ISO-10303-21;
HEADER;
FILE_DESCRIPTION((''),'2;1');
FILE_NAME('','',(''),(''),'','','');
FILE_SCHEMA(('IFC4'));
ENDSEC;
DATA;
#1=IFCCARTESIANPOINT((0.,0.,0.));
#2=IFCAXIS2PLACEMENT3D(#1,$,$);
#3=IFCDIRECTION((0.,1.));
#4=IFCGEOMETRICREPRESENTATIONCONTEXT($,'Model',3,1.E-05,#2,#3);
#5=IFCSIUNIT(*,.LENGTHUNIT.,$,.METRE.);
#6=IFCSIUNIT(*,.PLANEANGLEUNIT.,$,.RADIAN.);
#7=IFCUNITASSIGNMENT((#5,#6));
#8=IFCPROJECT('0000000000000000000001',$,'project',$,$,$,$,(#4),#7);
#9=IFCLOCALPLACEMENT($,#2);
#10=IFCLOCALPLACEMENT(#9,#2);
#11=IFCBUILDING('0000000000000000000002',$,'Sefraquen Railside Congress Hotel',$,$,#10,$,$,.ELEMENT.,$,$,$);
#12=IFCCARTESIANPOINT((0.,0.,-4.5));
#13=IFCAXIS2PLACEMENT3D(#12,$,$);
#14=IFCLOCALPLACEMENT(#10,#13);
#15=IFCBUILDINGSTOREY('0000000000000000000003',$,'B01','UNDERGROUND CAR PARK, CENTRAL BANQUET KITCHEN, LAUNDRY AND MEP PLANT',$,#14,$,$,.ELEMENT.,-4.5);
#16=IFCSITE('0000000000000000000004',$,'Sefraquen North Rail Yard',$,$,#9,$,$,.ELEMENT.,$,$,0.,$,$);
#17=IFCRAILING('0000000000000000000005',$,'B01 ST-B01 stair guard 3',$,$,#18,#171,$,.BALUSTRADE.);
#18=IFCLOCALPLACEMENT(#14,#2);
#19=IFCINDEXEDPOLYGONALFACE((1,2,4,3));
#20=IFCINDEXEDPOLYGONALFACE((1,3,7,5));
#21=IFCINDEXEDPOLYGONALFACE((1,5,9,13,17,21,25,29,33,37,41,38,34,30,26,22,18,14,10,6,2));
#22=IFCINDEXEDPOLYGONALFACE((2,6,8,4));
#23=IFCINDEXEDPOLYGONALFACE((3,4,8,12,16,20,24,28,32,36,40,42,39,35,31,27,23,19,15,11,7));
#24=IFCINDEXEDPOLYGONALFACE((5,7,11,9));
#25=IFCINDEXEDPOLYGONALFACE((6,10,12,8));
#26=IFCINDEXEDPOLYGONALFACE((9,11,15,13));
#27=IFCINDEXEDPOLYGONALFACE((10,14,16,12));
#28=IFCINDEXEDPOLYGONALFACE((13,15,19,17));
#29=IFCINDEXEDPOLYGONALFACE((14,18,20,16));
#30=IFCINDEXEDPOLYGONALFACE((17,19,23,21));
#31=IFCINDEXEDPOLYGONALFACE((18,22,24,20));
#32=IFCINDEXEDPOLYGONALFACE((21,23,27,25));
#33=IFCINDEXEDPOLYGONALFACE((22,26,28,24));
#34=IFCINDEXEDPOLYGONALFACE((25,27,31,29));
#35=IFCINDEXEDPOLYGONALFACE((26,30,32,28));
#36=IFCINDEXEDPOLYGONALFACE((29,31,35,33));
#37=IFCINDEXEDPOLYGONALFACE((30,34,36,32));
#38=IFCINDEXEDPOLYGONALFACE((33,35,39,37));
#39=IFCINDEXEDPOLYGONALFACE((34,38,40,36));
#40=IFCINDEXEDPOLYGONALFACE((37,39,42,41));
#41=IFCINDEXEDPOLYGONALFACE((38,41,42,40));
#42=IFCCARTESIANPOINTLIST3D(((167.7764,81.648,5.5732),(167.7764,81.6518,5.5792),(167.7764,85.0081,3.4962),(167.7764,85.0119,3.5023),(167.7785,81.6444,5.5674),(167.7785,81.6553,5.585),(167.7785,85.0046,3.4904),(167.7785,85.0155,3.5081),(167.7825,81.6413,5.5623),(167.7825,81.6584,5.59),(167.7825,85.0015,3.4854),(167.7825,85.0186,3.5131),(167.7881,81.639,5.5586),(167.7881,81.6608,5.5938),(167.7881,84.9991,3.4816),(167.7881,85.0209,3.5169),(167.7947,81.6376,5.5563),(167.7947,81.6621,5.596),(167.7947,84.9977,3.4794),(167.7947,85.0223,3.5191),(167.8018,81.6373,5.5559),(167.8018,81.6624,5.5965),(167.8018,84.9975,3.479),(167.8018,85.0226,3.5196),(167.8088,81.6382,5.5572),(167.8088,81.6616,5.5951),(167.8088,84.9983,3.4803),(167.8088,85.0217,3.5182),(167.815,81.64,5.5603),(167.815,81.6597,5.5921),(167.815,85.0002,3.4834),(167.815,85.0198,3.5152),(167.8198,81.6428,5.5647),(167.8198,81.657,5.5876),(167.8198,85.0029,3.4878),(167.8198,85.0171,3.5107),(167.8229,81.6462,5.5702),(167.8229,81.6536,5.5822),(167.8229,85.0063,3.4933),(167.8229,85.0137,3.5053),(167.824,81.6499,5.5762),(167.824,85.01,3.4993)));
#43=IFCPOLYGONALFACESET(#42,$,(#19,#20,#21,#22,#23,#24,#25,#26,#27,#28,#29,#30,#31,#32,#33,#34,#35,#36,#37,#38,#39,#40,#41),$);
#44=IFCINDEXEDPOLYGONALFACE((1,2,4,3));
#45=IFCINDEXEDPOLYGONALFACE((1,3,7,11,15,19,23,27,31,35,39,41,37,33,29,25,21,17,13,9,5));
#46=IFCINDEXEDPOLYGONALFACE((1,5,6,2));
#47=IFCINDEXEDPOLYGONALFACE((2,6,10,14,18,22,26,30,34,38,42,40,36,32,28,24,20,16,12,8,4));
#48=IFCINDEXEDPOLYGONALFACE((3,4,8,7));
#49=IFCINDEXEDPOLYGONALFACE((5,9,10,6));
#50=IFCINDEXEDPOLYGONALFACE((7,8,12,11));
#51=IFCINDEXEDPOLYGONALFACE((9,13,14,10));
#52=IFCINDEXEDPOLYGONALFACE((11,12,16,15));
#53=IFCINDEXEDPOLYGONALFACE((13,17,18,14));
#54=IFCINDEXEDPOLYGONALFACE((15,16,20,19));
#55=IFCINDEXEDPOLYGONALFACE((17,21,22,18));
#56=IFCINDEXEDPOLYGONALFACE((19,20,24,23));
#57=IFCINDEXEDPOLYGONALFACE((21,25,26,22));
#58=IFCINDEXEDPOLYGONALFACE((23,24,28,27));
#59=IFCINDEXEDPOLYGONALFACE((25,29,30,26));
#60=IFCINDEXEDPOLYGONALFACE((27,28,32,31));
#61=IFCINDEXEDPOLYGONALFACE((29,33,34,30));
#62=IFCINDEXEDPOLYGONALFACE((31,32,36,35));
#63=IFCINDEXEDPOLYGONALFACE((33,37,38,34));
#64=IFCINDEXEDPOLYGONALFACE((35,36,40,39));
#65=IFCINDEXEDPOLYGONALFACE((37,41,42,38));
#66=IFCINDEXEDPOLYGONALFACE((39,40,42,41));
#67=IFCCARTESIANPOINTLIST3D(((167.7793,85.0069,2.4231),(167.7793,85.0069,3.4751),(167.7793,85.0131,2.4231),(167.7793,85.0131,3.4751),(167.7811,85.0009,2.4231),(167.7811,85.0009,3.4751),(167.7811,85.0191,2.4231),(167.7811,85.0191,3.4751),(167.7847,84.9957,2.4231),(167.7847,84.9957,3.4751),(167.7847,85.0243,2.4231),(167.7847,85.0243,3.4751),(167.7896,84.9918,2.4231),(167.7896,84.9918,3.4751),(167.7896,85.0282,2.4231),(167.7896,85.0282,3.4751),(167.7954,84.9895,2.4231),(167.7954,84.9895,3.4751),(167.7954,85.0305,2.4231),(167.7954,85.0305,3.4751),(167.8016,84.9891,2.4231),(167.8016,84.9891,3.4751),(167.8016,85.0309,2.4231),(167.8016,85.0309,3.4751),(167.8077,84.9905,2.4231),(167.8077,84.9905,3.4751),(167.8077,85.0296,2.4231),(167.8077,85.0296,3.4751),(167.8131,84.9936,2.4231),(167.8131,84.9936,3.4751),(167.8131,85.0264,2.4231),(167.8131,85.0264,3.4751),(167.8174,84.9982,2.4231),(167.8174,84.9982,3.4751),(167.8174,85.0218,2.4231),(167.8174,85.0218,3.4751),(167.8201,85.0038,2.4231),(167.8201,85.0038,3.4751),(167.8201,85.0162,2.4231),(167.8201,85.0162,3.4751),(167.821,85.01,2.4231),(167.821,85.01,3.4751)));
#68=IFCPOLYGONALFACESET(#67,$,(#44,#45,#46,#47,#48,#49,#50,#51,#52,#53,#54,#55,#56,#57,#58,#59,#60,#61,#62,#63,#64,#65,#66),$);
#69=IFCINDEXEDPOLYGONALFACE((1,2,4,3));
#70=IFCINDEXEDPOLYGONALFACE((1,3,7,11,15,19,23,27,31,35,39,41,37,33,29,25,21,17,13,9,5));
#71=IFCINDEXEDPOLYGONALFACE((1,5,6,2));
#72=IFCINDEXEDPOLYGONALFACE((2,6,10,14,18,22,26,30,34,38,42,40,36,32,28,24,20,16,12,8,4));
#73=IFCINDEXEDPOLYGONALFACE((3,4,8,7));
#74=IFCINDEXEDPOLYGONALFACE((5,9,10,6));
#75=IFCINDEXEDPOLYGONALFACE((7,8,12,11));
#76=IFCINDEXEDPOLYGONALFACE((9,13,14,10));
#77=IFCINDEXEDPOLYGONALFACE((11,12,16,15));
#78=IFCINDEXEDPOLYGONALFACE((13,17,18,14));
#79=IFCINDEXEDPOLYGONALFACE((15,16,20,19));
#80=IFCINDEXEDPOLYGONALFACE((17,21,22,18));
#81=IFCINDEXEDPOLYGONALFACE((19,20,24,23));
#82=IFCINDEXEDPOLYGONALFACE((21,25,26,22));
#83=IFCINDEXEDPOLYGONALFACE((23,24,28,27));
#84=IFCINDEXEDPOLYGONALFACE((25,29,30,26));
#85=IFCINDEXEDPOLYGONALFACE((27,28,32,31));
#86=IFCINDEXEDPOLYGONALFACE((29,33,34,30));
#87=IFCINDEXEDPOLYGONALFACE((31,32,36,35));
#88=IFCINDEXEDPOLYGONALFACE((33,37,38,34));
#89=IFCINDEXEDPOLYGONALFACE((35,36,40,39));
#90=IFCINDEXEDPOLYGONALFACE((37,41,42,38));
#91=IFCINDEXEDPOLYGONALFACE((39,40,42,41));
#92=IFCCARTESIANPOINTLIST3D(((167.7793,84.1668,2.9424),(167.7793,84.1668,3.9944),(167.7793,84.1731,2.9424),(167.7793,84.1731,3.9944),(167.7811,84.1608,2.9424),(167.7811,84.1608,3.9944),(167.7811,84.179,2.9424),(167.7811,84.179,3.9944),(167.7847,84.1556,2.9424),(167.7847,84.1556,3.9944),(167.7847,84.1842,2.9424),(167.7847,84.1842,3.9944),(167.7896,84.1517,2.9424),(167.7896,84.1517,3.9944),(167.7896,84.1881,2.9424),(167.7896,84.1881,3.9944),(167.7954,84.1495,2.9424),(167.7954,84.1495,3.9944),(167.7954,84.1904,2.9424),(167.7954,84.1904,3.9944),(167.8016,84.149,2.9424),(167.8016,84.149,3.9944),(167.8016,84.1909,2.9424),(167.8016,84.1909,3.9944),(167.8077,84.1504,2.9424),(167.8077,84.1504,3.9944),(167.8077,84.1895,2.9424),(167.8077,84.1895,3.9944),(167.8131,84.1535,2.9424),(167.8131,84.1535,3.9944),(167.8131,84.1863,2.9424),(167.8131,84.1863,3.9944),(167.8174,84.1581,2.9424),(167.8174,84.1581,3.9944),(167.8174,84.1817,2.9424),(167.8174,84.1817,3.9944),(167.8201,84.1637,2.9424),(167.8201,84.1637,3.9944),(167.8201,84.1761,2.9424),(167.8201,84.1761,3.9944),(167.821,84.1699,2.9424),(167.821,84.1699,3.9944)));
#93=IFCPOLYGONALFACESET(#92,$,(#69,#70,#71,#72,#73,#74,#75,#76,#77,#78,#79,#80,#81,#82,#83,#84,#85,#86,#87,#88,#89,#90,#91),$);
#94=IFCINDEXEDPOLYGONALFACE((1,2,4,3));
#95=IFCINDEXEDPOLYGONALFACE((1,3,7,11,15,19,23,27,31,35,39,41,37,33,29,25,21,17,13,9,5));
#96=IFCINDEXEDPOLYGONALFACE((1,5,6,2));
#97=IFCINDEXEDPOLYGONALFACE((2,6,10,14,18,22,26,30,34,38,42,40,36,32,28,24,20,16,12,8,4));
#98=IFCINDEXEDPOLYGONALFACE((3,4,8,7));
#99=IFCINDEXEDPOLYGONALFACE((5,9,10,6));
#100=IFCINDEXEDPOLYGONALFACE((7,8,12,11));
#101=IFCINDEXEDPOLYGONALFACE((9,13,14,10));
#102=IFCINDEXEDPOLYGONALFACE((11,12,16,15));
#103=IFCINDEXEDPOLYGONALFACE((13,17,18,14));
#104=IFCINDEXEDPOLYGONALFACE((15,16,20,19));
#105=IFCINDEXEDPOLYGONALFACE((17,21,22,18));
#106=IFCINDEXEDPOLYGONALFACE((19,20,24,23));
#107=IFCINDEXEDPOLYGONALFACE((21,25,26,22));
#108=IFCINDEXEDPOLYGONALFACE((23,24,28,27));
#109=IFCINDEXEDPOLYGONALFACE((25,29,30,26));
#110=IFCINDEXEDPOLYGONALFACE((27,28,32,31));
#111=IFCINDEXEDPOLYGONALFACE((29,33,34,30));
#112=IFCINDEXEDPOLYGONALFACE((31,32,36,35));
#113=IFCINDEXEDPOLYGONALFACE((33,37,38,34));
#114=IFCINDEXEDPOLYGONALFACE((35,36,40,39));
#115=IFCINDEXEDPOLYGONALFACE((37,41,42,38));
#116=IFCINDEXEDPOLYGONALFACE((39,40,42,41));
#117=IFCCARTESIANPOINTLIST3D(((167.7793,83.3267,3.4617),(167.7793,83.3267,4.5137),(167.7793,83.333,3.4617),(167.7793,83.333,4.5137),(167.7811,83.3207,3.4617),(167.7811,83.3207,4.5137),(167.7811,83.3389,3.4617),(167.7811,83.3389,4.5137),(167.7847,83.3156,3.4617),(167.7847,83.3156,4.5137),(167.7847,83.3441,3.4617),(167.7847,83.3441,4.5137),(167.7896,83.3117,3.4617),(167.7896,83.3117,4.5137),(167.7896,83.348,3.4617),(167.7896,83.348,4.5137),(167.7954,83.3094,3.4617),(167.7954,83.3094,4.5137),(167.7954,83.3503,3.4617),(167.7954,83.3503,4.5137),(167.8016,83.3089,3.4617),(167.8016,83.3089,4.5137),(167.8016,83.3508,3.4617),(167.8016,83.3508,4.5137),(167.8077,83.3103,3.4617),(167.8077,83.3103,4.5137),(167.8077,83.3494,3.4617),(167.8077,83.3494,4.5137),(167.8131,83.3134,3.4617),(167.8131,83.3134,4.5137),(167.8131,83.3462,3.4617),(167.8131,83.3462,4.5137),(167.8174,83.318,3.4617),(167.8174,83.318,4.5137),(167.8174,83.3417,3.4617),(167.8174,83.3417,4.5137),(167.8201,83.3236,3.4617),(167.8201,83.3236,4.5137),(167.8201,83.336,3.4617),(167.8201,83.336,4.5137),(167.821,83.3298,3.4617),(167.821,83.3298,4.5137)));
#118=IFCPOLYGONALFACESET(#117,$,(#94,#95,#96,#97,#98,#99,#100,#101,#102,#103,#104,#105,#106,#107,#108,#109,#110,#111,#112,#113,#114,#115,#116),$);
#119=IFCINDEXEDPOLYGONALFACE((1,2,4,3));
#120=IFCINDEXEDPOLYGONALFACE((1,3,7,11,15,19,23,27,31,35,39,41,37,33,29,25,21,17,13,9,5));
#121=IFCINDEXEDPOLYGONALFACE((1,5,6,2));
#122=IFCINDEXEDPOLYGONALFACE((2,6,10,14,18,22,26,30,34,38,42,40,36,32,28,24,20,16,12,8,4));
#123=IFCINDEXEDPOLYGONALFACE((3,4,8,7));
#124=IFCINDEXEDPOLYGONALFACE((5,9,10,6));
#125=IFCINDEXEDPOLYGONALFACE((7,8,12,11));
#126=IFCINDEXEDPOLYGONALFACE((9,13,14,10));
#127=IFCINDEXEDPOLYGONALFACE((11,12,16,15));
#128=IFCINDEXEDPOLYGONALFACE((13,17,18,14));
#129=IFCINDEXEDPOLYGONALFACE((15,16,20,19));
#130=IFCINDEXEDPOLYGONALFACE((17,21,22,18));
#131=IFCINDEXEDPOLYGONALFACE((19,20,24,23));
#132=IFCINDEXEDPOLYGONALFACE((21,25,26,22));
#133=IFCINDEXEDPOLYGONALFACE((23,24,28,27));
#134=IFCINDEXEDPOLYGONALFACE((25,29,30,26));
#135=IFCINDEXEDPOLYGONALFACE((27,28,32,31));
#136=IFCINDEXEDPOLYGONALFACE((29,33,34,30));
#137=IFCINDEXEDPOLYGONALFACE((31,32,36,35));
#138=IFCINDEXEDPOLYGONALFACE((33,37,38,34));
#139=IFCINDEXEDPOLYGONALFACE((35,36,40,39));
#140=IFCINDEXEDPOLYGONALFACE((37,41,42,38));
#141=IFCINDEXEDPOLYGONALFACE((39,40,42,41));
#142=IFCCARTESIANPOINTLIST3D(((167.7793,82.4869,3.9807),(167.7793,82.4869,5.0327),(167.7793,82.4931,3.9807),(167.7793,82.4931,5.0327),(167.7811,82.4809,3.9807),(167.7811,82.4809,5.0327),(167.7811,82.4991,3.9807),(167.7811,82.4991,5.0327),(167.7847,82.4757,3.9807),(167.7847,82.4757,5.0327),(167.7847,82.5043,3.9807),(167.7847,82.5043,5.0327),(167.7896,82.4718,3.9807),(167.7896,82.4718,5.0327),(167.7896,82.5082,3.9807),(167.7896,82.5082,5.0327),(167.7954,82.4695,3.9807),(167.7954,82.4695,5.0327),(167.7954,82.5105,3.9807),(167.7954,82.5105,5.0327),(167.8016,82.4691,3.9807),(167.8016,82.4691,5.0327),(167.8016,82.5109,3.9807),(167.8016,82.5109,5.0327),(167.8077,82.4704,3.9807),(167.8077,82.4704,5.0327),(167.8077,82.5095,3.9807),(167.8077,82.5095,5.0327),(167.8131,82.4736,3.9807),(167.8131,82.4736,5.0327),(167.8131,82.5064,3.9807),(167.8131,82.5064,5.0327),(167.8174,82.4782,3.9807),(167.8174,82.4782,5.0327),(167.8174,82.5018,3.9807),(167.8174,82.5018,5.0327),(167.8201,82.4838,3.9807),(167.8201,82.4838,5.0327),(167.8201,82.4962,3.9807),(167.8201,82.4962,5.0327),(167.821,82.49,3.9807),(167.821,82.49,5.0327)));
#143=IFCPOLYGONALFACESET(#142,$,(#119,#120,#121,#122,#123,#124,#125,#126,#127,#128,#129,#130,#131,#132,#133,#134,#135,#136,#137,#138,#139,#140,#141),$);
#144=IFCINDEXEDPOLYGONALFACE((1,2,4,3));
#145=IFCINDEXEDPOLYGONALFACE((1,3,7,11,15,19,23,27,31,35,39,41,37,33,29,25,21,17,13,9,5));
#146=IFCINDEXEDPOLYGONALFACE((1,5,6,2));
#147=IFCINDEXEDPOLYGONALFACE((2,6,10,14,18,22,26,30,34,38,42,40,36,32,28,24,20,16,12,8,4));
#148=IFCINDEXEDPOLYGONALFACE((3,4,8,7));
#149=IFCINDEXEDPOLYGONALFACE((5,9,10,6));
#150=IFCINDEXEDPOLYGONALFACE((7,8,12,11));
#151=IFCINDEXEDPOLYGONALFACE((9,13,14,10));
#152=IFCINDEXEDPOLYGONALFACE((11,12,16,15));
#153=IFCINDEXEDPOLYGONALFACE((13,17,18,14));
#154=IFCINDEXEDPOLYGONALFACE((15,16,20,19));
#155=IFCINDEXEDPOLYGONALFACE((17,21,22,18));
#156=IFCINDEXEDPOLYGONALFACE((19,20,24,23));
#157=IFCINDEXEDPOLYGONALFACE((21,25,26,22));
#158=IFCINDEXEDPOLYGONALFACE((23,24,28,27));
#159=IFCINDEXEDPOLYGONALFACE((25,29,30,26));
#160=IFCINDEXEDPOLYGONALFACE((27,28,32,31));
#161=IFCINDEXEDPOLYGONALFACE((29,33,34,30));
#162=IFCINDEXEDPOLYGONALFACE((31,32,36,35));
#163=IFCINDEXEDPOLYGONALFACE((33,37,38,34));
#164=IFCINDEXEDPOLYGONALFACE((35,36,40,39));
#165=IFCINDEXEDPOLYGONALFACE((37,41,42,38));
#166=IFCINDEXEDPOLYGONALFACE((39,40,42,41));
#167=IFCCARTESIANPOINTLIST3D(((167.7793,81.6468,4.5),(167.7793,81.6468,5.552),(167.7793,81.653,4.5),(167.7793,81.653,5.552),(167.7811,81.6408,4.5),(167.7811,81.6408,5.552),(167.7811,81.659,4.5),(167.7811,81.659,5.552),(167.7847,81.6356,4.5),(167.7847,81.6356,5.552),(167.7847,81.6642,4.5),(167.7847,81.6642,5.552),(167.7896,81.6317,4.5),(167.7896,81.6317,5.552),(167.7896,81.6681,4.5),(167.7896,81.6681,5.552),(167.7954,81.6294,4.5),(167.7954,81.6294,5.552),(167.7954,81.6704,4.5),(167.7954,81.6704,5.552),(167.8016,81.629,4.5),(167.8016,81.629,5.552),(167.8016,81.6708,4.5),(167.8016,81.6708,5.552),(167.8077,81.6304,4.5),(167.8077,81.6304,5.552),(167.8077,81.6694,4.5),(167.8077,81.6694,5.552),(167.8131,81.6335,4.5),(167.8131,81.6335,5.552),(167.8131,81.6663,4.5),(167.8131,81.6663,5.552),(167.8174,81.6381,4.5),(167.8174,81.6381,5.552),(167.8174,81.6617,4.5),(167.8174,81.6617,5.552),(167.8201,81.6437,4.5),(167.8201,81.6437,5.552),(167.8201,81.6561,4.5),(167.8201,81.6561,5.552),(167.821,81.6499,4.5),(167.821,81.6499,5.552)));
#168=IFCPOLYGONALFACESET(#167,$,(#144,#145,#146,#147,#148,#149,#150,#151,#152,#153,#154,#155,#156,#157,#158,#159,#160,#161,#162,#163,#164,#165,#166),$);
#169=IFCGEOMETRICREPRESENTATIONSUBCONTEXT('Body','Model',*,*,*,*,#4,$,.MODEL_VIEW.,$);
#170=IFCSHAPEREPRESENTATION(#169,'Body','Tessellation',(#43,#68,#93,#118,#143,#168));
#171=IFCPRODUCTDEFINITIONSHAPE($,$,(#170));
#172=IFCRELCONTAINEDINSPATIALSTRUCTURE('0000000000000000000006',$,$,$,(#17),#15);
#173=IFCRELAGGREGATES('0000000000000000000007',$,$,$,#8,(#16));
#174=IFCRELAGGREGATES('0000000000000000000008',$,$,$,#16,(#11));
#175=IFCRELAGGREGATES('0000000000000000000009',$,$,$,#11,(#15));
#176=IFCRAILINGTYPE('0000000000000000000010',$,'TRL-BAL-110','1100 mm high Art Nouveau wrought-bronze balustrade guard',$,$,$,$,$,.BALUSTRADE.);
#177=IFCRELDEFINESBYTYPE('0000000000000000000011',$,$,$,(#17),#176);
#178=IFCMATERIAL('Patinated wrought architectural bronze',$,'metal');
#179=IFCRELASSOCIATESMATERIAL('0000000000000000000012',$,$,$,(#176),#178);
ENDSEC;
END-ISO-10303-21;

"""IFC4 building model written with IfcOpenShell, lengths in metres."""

from ifc_helpers import new_model, si_unit, direction, frame, origin, origin_2d, place, context, subcontext, project, spatial, circle, extrude, material, type_object, element, save


model = new_model("IFC4")

# Units and contexts
model_context = context("Model", 3, precision=1e-05, world=origin(), true_north=direction((0.0, 1.0)))
body_context = subcontext(model_context, "Body", "Model", "MODEL_VIEW")
ifc_project = project(units=[si_unit("LENGTHUNIT", "METRE"), si_unit("PLANEANGLEUNIT", "RADIAN")], contexts=[model_context])

# Site, building, storey
site_placement = place(None, origin())
site = spatial("IfcSite", under=ifc_project, at=site_placement, Name="Sefraquen North Rail Yard", CompositionType="ELEMENT", RefElevation=0.0)
building_placement = place(site_placement, origin())
building = spatial("IfcBuilding", under=site, at=building_placement, Name="Sefraquen Railside Congress Hotel", CompositionType="ELEMENT")
storey_placement = place(building_placement, frame((0.0, 0.0, -4.5)))
storey = spatial("IfcBuildingStorey", under=building, at=storey_placement, Name="B01", Description="UNDERGROUND CAR PARK, CENTRAL BANQUET KITCHEN, LAUNDRY AND MEP PLANT", CompositionType="ELEMENT", Elevation=-4.5)

# Railing
ifc_material_1 = material(Name="Patinated wrought architectural bronze", Category="metal")
railing_type_1 = type_object("IfcRailingType", Name="TRL-BAL-110", Description="1100 mm high Art Nouveau wrought-bronze balustrade guard", PredefinedType="BALUSTRADE", material=ifc_material_1)
railing_1_placement = place(storey_placement, frame((167.8, 85.01, 2.4231)))
element("IfcRailing", 1, at=railing_1_placement, inside=storey, type_object=railing_type_1, Name="B01 ST-B01 stair guard 3", PredefinedType="BALUSTRADE", context=body_context, shape_type="SweptSolid", body=[
    extrude(circle(Radius=0.0239, at=origin_2d()), frame((0.0, 0.0, 1.0762), z_axis=(0.0, -0.850623, 0.525776), x_axis=(1.0, 0.0, 0.0)), (0.0, 0.0, 1.0), 3.9502),
    extrude(circle(Radius=0.021, at=origin_2d()), origin(), (0.0, 0.0, 1.0), 1.052),
    extrude(circle(Radius=0.021, at=origin_2d()), frame((0.0, -0.8401, 0.5193)), (0.0, 0.0, 1.0), 1.052),
    extrude(circle(Radius=0.021, at=origin_2d()), frame((0.0, -1.6802, 1.0386)), (0.0, 0.0, 1.0), 1.052),
    extrude(circle(Radius=0.021, at=origin_2d()), frame((0.0, -2.52, 1.5576)), (0.0, 0.0, 1.0), 1.052),
    extrude(circle(Radius=0.021, at=origin_2d()), frame((0.0, -3.3601, 2.0769)), (0.0, 0.0, 1.0), 1.052),
])

save(model, "model.ifc")
